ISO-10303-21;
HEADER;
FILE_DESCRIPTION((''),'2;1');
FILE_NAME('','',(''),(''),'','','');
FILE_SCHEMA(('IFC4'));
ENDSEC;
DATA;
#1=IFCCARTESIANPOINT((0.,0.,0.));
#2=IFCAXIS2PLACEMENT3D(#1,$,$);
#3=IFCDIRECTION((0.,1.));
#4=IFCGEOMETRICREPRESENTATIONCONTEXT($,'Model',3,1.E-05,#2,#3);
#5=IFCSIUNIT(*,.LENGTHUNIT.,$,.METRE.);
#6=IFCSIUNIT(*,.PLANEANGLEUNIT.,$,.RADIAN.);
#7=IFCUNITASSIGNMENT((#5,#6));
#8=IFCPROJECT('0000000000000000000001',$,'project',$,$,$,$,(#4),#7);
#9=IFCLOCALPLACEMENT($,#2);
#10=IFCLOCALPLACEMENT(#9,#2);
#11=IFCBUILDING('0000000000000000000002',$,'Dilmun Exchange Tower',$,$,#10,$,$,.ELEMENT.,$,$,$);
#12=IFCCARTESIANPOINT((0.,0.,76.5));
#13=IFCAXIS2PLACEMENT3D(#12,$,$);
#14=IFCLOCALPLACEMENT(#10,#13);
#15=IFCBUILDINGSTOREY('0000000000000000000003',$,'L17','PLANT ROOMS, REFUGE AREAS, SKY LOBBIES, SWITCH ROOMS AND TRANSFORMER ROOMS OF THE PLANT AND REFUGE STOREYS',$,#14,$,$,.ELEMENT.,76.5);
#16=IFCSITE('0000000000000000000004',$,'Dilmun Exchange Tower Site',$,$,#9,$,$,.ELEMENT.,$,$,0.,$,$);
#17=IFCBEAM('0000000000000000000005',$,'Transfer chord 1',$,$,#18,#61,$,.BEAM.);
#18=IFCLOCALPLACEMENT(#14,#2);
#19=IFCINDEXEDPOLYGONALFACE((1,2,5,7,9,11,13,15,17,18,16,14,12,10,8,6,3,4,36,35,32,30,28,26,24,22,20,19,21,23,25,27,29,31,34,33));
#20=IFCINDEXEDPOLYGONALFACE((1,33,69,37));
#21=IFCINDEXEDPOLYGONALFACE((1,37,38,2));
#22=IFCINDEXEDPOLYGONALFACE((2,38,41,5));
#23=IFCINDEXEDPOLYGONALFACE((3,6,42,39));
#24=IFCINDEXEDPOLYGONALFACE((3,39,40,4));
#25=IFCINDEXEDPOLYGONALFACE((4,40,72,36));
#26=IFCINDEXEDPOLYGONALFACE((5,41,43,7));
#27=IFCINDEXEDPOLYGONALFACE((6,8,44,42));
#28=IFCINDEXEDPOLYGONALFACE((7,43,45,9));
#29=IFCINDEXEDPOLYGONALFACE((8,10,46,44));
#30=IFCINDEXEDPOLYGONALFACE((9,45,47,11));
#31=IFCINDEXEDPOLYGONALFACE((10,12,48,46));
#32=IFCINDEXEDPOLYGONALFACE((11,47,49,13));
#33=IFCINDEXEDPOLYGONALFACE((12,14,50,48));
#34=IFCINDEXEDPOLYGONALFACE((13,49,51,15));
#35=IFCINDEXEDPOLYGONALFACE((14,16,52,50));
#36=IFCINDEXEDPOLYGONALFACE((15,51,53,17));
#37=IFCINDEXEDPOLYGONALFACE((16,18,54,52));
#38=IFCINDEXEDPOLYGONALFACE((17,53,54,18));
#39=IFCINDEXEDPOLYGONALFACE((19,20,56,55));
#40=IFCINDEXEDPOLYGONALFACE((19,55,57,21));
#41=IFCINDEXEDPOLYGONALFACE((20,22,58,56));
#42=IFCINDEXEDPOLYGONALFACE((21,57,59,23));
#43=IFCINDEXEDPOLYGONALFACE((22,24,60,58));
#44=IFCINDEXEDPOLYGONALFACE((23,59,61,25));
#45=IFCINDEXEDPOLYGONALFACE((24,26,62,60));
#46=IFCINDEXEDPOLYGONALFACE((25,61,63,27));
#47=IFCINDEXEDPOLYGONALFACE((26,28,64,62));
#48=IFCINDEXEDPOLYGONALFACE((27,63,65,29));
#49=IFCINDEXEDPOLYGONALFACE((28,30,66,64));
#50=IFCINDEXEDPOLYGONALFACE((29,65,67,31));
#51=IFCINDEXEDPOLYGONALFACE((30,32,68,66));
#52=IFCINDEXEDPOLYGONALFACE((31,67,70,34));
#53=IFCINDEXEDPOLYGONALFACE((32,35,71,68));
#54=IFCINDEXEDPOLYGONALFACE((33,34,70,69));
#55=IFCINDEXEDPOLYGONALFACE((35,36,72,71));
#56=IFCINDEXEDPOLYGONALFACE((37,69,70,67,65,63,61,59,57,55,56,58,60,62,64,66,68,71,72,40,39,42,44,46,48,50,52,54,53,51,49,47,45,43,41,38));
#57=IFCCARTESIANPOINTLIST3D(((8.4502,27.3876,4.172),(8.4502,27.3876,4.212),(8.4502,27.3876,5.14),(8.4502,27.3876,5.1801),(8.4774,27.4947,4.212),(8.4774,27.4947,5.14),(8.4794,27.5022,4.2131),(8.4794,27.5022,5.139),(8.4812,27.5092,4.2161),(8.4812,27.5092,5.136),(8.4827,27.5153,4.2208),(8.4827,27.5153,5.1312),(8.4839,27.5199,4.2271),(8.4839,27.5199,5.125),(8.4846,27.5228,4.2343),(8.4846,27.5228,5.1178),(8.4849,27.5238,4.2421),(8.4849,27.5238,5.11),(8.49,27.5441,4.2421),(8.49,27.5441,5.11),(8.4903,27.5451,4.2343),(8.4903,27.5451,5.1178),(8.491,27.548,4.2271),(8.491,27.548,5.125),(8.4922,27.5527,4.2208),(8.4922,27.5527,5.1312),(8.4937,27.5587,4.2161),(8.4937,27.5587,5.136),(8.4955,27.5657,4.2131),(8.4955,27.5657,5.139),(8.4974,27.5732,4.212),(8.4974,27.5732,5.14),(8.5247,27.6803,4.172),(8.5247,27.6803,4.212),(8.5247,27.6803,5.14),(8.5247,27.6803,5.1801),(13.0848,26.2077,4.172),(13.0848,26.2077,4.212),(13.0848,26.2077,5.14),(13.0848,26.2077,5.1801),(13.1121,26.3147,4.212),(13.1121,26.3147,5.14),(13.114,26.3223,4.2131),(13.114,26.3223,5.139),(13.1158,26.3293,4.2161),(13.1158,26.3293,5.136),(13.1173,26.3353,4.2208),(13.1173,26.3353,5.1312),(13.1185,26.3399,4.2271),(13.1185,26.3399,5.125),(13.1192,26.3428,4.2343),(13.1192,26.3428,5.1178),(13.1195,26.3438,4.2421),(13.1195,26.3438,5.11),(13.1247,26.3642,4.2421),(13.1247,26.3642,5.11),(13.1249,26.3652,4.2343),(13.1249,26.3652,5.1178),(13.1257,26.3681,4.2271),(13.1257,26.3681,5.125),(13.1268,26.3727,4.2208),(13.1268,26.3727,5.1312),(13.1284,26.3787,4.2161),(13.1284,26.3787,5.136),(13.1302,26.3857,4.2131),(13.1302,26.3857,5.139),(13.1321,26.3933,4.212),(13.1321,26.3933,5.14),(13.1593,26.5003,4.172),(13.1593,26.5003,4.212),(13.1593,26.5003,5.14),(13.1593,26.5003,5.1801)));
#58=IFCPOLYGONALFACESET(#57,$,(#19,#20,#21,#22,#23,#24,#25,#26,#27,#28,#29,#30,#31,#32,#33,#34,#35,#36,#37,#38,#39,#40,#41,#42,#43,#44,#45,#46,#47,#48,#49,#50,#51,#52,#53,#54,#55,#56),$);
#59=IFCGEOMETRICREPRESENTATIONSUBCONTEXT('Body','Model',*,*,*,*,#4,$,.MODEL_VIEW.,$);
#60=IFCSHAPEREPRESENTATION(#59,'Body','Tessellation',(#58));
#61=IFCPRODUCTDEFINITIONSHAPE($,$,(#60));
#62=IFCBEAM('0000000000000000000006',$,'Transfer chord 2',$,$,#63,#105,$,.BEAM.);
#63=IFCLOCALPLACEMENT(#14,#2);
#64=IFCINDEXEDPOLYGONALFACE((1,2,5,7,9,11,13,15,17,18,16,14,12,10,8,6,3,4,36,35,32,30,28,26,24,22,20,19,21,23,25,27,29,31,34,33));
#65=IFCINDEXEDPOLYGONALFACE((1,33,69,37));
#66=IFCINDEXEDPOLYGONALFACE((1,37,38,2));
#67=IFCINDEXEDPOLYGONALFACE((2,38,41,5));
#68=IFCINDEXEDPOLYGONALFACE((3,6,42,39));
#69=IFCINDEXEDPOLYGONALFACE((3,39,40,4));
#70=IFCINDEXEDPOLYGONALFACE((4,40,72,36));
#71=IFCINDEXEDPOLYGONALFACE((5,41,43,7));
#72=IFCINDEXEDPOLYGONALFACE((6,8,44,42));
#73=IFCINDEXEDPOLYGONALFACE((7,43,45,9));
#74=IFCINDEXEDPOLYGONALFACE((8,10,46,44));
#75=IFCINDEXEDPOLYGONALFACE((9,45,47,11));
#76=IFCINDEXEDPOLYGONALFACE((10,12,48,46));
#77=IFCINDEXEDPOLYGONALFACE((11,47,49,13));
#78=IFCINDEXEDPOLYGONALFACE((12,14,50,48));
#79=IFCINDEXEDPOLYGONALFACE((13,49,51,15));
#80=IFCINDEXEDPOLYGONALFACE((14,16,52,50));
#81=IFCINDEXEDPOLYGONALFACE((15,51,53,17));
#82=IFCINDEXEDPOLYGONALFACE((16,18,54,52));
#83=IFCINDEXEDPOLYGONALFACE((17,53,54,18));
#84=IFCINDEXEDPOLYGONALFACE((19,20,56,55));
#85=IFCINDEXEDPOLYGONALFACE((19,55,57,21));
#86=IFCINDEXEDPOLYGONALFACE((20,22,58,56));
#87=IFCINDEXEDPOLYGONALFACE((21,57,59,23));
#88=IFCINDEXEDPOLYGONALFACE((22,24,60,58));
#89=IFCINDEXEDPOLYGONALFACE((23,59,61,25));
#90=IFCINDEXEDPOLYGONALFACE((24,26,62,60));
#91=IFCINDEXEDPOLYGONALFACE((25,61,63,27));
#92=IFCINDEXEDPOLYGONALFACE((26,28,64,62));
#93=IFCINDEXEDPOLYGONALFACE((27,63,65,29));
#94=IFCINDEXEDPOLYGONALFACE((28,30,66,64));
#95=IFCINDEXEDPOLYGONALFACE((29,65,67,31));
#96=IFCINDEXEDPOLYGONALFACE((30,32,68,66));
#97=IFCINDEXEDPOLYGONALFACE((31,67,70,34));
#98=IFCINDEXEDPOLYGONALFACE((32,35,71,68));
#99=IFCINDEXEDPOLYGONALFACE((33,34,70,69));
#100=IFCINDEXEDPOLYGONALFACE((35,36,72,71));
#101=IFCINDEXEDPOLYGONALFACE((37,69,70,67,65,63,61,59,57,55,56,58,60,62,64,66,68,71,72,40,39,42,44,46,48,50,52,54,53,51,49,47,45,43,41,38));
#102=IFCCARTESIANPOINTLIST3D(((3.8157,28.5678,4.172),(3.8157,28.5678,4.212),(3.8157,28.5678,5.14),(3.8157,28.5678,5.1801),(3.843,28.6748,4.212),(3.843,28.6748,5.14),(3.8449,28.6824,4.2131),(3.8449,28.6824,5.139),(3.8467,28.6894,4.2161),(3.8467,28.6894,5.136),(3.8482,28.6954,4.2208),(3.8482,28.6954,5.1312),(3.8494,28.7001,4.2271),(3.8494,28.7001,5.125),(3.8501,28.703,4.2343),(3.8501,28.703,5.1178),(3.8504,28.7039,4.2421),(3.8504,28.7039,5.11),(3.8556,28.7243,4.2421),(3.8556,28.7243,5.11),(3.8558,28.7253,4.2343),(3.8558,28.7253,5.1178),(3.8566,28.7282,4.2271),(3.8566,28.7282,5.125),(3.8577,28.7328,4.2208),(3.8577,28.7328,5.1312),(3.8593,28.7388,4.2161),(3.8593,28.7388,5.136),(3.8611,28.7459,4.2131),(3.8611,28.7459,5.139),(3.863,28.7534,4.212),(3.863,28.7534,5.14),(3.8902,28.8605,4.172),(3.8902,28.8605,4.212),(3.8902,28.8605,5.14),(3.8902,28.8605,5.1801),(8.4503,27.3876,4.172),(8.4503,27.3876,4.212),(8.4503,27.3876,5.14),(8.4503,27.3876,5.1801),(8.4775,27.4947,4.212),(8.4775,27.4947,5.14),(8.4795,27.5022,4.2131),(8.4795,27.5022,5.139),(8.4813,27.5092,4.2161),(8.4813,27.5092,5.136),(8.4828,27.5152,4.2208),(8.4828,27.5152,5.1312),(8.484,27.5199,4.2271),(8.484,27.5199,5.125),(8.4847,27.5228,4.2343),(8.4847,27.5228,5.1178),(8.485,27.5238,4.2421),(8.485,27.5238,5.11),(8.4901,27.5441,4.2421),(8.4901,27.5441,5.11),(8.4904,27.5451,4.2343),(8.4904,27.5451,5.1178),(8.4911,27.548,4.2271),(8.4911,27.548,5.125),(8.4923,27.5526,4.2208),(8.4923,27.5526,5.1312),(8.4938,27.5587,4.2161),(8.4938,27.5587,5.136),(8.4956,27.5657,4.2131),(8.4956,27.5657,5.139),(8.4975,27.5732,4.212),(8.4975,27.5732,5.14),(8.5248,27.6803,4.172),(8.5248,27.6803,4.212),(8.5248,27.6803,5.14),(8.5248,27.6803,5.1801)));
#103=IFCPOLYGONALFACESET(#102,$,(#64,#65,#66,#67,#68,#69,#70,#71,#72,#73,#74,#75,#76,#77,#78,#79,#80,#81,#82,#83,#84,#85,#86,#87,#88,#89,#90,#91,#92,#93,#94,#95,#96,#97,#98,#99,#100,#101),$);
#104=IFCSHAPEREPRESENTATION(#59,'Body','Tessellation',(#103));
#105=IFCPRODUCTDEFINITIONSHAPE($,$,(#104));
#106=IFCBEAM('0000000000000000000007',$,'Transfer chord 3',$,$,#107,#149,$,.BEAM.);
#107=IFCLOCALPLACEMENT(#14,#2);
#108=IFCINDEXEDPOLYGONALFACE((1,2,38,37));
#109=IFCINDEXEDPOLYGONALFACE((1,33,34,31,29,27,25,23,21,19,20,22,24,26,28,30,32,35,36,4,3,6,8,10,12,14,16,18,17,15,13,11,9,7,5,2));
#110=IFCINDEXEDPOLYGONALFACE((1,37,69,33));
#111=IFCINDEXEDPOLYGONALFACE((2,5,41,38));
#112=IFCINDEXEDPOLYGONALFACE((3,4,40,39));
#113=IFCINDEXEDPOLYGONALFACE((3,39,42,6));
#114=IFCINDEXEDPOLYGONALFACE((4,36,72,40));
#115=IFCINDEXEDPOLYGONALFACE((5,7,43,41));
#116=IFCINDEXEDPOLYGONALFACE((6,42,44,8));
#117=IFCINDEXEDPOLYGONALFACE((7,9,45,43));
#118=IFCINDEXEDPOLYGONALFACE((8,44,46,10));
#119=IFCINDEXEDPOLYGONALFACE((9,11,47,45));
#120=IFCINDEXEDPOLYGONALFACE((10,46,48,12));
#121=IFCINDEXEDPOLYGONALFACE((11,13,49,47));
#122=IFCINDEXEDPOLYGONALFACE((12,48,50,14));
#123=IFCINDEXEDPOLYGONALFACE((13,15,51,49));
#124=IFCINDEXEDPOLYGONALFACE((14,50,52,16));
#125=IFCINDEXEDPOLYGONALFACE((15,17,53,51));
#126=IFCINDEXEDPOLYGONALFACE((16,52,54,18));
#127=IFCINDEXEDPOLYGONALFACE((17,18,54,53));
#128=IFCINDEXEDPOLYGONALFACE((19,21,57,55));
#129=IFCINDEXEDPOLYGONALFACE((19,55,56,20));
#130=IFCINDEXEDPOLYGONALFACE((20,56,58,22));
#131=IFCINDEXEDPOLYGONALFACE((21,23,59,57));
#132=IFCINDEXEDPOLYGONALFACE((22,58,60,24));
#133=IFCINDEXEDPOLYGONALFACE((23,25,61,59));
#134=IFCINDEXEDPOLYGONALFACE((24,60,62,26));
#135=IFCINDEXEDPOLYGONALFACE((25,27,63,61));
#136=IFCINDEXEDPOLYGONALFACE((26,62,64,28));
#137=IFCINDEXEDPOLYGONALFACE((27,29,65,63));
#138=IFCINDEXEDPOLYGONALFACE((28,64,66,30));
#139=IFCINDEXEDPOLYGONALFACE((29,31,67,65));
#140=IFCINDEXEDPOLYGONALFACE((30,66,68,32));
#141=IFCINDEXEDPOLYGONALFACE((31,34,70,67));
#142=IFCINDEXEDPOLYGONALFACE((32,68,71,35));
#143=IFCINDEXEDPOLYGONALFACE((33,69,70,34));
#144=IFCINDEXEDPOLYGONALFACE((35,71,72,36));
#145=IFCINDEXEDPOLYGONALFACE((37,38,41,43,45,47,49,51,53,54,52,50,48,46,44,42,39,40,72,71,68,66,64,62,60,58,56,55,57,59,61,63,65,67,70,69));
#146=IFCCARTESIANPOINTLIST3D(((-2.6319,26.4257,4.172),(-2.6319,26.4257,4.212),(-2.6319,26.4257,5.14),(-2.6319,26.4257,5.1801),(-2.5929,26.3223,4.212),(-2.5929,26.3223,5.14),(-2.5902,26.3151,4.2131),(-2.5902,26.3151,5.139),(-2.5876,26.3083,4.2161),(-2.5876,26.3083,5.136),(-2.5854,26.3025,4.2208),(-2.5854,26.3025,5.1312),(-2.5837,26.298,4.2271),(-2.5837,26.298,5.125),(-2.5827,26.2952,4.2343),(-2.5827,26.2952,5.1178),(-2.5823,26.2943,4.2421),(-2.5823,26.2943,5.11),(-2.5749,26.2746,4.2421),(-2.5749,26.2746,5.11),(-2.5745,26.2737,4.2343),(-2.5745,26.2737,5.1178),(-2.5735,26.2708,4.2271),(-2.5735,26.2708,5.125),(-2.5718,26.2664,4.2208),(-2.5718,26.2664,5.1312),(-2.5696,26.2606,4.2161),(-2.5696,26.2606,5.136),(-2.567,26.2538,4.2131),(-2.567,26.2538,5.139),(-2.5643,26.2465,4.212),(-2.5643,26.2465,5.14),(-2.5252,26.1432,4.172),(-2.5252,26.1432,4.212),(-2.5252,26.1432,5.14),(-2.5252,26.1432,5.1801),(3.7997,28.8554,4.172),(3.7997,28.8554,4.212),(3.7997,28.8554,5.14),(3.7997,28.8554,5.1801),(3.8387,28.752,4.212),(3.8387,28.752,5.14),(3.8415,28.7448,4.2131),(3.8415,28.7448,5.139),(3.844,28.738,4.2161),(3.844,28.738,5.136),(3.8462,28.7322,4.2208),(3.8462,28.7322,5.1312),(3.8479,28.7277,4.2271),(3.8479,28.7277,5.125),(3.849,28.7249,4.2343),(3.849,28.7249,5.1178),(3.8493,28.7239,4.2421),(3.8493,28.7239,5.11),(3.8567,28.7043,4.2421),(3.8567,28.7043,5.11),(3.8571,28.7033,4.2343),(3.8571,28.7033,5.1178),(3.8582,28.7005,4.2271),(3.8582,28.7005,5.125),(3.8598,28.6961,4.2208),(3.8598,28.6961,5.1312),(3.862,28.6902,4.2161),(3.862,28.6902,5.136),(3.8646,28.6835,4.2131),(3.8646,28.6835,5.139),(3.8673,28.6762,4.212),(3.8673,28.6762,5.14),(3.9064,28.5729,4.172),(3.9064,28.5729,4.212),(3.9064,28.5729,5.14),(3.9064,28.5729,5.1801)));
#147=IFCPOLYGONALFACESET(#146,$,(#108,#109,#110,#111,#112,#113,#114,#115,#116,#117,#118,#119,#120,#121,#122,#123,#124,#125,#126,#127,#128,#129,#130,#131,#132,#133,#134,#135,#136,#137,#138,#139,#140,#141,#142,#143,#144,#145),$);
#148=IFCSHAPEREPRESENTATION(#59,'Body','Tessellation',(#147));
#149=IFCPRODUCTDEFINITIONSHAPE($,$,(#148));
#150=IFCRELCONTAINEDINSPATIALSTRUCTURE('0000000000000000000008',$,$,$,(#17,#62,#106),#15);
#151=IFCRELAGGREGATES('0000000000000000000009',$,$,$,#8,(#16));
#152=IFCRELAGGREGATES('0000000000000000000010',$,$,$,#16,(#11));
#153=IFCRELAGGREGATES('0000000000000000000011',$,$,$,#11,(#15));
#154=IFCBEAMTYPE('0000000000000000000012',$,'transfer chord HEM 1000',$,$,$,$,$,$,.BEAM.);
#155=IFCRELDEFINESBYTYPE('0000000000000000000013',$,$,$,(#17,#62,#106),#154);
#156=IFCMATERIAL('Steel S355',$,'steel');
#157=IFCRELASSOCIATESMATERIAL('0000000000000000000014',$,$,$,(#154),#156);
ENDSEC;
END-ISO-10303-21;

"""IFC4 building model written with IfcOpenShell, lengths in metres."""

from ifc_helpers import new_model, si_unit, direction, frame, origin, origin_2d, place, context, subcontext, project, spatial, i_section, extrude, material, material_profile, profile_set, type_object, element, save


model = new_model("IFC4")

# Units and contexts
model_context = context("Model", 3, precision=1e-05, world=origin(), true_north=direction((0.0, 1.0)))
body_context = subcontext(model_context, "Body", "Model", "MODEL_VIEW")
ifc_project = project(units=[si_unit("LENGTHUNIT", "METRE"), si_unit("PLANEANGLEUNIT", "RADIAN")], contexts=[model_context])

# Site, building, storey
site_placement = place(None, origin())
site = spatial("IfcSite", under=ifc_project, at=site_placement, Name="Dilmun Exchange Tower Site", CompositionType="ELEMENT", RefElevation=0.0)
building_placement = place(site_placement, origin())
building = spatial("IfcBuilding", under=site, at=building_placement, Name="Dilmun Exchange Tower", CompositionType="ELEMENT")
storey_placement = place(building_placement, frame((0.0, 0.0, 76.5)))
storey = spatial("IfcBuildingStorey", under=building, at=storey_placement, Name="L17", Description="PLANT ROOMS, REFUGE AREAS, SKY LOBBIES, SWITCH ROOMS AND TRANSFORMER ROOMS OF THE PLANT AND REFUGE STOREYS", CompositionType="ELEMENT", Elevation=76.5)

# Beams
ifc_material_1 = material(Name="Steel S355", Category="steel")
ifc_material_profile_1 = material_profile(ifc_material_1, i_section(OverallWidth=0.302, OverallDepth=1.0081, WebThickness=0.021, FlangeThickness=0.04, FilletRadius=0.03, at=origin_2d()), Name="HEM 1000")
ifc_profile_set_1 = profile_set([ifc_material_profile_1], Name="Steel S355")
beam_type_1 = type_object("IfcBeamType", Name="transfer chord HEM 1000", PredefinedType="BEAM", material=ifc_profile_set_1)
for number, where, z_axis, x_axis, name in (
    (1, (13.1221, 26.354, 4.676), (-0.969085, 0.246725, 0.0), (-0.246725, -0.969085, 0.0), "Transfer chord 1"),
    (2, (8.4875, 27.5339, 4.676), (-0.969073, 0.246773, 0.0), (-0.246773, -0.969073, 0.0), "Transfer chord 2"),
):
    element("IfcBeam", number, at=place(storey_placement, frame(where, z_axis=z_axis, x_axis=x_axis)), inside=storey, type_object=beam_type_1, Name=name, PredefinedType="BEAM", context=body_context, shape_type="SweptSolid", body=[
        extrude(i_section(OverallWidth=0.302, OverallDepth=1.0081, WebThickness=0.021, FlangeThickness=0.04, FilletRadius=0.03, at=origin_2d()), origin(), (0.0, 0.0, 1.0), 4.7825),
    ])
beam_1_placement = place(storey_placement, frame((3.853, 28.7141, 4.676), z_axis=(-0.935474, -0.353395, 0.0), x_axis=(0.353395, -0.935474, 0.0)))
element("IfcBeam", 3, at=beam_1_placement, inside=storey, type_object=beam_type_1, Name="Transfer chord 3", PredefinedType="BEAM", context=body_context, shape_type="SweptSolid", body=[
    extrude(i_section(OverallWidth=0.302, OverallDepth=1.0081, WebThickness=0.021, FlangeThickness=0.04, FilletRadius=0.03, at=origin_2d()), origin(), (0.0, 0.0, 1.0), 6.8752),
])

save(model, "model.ifc")
